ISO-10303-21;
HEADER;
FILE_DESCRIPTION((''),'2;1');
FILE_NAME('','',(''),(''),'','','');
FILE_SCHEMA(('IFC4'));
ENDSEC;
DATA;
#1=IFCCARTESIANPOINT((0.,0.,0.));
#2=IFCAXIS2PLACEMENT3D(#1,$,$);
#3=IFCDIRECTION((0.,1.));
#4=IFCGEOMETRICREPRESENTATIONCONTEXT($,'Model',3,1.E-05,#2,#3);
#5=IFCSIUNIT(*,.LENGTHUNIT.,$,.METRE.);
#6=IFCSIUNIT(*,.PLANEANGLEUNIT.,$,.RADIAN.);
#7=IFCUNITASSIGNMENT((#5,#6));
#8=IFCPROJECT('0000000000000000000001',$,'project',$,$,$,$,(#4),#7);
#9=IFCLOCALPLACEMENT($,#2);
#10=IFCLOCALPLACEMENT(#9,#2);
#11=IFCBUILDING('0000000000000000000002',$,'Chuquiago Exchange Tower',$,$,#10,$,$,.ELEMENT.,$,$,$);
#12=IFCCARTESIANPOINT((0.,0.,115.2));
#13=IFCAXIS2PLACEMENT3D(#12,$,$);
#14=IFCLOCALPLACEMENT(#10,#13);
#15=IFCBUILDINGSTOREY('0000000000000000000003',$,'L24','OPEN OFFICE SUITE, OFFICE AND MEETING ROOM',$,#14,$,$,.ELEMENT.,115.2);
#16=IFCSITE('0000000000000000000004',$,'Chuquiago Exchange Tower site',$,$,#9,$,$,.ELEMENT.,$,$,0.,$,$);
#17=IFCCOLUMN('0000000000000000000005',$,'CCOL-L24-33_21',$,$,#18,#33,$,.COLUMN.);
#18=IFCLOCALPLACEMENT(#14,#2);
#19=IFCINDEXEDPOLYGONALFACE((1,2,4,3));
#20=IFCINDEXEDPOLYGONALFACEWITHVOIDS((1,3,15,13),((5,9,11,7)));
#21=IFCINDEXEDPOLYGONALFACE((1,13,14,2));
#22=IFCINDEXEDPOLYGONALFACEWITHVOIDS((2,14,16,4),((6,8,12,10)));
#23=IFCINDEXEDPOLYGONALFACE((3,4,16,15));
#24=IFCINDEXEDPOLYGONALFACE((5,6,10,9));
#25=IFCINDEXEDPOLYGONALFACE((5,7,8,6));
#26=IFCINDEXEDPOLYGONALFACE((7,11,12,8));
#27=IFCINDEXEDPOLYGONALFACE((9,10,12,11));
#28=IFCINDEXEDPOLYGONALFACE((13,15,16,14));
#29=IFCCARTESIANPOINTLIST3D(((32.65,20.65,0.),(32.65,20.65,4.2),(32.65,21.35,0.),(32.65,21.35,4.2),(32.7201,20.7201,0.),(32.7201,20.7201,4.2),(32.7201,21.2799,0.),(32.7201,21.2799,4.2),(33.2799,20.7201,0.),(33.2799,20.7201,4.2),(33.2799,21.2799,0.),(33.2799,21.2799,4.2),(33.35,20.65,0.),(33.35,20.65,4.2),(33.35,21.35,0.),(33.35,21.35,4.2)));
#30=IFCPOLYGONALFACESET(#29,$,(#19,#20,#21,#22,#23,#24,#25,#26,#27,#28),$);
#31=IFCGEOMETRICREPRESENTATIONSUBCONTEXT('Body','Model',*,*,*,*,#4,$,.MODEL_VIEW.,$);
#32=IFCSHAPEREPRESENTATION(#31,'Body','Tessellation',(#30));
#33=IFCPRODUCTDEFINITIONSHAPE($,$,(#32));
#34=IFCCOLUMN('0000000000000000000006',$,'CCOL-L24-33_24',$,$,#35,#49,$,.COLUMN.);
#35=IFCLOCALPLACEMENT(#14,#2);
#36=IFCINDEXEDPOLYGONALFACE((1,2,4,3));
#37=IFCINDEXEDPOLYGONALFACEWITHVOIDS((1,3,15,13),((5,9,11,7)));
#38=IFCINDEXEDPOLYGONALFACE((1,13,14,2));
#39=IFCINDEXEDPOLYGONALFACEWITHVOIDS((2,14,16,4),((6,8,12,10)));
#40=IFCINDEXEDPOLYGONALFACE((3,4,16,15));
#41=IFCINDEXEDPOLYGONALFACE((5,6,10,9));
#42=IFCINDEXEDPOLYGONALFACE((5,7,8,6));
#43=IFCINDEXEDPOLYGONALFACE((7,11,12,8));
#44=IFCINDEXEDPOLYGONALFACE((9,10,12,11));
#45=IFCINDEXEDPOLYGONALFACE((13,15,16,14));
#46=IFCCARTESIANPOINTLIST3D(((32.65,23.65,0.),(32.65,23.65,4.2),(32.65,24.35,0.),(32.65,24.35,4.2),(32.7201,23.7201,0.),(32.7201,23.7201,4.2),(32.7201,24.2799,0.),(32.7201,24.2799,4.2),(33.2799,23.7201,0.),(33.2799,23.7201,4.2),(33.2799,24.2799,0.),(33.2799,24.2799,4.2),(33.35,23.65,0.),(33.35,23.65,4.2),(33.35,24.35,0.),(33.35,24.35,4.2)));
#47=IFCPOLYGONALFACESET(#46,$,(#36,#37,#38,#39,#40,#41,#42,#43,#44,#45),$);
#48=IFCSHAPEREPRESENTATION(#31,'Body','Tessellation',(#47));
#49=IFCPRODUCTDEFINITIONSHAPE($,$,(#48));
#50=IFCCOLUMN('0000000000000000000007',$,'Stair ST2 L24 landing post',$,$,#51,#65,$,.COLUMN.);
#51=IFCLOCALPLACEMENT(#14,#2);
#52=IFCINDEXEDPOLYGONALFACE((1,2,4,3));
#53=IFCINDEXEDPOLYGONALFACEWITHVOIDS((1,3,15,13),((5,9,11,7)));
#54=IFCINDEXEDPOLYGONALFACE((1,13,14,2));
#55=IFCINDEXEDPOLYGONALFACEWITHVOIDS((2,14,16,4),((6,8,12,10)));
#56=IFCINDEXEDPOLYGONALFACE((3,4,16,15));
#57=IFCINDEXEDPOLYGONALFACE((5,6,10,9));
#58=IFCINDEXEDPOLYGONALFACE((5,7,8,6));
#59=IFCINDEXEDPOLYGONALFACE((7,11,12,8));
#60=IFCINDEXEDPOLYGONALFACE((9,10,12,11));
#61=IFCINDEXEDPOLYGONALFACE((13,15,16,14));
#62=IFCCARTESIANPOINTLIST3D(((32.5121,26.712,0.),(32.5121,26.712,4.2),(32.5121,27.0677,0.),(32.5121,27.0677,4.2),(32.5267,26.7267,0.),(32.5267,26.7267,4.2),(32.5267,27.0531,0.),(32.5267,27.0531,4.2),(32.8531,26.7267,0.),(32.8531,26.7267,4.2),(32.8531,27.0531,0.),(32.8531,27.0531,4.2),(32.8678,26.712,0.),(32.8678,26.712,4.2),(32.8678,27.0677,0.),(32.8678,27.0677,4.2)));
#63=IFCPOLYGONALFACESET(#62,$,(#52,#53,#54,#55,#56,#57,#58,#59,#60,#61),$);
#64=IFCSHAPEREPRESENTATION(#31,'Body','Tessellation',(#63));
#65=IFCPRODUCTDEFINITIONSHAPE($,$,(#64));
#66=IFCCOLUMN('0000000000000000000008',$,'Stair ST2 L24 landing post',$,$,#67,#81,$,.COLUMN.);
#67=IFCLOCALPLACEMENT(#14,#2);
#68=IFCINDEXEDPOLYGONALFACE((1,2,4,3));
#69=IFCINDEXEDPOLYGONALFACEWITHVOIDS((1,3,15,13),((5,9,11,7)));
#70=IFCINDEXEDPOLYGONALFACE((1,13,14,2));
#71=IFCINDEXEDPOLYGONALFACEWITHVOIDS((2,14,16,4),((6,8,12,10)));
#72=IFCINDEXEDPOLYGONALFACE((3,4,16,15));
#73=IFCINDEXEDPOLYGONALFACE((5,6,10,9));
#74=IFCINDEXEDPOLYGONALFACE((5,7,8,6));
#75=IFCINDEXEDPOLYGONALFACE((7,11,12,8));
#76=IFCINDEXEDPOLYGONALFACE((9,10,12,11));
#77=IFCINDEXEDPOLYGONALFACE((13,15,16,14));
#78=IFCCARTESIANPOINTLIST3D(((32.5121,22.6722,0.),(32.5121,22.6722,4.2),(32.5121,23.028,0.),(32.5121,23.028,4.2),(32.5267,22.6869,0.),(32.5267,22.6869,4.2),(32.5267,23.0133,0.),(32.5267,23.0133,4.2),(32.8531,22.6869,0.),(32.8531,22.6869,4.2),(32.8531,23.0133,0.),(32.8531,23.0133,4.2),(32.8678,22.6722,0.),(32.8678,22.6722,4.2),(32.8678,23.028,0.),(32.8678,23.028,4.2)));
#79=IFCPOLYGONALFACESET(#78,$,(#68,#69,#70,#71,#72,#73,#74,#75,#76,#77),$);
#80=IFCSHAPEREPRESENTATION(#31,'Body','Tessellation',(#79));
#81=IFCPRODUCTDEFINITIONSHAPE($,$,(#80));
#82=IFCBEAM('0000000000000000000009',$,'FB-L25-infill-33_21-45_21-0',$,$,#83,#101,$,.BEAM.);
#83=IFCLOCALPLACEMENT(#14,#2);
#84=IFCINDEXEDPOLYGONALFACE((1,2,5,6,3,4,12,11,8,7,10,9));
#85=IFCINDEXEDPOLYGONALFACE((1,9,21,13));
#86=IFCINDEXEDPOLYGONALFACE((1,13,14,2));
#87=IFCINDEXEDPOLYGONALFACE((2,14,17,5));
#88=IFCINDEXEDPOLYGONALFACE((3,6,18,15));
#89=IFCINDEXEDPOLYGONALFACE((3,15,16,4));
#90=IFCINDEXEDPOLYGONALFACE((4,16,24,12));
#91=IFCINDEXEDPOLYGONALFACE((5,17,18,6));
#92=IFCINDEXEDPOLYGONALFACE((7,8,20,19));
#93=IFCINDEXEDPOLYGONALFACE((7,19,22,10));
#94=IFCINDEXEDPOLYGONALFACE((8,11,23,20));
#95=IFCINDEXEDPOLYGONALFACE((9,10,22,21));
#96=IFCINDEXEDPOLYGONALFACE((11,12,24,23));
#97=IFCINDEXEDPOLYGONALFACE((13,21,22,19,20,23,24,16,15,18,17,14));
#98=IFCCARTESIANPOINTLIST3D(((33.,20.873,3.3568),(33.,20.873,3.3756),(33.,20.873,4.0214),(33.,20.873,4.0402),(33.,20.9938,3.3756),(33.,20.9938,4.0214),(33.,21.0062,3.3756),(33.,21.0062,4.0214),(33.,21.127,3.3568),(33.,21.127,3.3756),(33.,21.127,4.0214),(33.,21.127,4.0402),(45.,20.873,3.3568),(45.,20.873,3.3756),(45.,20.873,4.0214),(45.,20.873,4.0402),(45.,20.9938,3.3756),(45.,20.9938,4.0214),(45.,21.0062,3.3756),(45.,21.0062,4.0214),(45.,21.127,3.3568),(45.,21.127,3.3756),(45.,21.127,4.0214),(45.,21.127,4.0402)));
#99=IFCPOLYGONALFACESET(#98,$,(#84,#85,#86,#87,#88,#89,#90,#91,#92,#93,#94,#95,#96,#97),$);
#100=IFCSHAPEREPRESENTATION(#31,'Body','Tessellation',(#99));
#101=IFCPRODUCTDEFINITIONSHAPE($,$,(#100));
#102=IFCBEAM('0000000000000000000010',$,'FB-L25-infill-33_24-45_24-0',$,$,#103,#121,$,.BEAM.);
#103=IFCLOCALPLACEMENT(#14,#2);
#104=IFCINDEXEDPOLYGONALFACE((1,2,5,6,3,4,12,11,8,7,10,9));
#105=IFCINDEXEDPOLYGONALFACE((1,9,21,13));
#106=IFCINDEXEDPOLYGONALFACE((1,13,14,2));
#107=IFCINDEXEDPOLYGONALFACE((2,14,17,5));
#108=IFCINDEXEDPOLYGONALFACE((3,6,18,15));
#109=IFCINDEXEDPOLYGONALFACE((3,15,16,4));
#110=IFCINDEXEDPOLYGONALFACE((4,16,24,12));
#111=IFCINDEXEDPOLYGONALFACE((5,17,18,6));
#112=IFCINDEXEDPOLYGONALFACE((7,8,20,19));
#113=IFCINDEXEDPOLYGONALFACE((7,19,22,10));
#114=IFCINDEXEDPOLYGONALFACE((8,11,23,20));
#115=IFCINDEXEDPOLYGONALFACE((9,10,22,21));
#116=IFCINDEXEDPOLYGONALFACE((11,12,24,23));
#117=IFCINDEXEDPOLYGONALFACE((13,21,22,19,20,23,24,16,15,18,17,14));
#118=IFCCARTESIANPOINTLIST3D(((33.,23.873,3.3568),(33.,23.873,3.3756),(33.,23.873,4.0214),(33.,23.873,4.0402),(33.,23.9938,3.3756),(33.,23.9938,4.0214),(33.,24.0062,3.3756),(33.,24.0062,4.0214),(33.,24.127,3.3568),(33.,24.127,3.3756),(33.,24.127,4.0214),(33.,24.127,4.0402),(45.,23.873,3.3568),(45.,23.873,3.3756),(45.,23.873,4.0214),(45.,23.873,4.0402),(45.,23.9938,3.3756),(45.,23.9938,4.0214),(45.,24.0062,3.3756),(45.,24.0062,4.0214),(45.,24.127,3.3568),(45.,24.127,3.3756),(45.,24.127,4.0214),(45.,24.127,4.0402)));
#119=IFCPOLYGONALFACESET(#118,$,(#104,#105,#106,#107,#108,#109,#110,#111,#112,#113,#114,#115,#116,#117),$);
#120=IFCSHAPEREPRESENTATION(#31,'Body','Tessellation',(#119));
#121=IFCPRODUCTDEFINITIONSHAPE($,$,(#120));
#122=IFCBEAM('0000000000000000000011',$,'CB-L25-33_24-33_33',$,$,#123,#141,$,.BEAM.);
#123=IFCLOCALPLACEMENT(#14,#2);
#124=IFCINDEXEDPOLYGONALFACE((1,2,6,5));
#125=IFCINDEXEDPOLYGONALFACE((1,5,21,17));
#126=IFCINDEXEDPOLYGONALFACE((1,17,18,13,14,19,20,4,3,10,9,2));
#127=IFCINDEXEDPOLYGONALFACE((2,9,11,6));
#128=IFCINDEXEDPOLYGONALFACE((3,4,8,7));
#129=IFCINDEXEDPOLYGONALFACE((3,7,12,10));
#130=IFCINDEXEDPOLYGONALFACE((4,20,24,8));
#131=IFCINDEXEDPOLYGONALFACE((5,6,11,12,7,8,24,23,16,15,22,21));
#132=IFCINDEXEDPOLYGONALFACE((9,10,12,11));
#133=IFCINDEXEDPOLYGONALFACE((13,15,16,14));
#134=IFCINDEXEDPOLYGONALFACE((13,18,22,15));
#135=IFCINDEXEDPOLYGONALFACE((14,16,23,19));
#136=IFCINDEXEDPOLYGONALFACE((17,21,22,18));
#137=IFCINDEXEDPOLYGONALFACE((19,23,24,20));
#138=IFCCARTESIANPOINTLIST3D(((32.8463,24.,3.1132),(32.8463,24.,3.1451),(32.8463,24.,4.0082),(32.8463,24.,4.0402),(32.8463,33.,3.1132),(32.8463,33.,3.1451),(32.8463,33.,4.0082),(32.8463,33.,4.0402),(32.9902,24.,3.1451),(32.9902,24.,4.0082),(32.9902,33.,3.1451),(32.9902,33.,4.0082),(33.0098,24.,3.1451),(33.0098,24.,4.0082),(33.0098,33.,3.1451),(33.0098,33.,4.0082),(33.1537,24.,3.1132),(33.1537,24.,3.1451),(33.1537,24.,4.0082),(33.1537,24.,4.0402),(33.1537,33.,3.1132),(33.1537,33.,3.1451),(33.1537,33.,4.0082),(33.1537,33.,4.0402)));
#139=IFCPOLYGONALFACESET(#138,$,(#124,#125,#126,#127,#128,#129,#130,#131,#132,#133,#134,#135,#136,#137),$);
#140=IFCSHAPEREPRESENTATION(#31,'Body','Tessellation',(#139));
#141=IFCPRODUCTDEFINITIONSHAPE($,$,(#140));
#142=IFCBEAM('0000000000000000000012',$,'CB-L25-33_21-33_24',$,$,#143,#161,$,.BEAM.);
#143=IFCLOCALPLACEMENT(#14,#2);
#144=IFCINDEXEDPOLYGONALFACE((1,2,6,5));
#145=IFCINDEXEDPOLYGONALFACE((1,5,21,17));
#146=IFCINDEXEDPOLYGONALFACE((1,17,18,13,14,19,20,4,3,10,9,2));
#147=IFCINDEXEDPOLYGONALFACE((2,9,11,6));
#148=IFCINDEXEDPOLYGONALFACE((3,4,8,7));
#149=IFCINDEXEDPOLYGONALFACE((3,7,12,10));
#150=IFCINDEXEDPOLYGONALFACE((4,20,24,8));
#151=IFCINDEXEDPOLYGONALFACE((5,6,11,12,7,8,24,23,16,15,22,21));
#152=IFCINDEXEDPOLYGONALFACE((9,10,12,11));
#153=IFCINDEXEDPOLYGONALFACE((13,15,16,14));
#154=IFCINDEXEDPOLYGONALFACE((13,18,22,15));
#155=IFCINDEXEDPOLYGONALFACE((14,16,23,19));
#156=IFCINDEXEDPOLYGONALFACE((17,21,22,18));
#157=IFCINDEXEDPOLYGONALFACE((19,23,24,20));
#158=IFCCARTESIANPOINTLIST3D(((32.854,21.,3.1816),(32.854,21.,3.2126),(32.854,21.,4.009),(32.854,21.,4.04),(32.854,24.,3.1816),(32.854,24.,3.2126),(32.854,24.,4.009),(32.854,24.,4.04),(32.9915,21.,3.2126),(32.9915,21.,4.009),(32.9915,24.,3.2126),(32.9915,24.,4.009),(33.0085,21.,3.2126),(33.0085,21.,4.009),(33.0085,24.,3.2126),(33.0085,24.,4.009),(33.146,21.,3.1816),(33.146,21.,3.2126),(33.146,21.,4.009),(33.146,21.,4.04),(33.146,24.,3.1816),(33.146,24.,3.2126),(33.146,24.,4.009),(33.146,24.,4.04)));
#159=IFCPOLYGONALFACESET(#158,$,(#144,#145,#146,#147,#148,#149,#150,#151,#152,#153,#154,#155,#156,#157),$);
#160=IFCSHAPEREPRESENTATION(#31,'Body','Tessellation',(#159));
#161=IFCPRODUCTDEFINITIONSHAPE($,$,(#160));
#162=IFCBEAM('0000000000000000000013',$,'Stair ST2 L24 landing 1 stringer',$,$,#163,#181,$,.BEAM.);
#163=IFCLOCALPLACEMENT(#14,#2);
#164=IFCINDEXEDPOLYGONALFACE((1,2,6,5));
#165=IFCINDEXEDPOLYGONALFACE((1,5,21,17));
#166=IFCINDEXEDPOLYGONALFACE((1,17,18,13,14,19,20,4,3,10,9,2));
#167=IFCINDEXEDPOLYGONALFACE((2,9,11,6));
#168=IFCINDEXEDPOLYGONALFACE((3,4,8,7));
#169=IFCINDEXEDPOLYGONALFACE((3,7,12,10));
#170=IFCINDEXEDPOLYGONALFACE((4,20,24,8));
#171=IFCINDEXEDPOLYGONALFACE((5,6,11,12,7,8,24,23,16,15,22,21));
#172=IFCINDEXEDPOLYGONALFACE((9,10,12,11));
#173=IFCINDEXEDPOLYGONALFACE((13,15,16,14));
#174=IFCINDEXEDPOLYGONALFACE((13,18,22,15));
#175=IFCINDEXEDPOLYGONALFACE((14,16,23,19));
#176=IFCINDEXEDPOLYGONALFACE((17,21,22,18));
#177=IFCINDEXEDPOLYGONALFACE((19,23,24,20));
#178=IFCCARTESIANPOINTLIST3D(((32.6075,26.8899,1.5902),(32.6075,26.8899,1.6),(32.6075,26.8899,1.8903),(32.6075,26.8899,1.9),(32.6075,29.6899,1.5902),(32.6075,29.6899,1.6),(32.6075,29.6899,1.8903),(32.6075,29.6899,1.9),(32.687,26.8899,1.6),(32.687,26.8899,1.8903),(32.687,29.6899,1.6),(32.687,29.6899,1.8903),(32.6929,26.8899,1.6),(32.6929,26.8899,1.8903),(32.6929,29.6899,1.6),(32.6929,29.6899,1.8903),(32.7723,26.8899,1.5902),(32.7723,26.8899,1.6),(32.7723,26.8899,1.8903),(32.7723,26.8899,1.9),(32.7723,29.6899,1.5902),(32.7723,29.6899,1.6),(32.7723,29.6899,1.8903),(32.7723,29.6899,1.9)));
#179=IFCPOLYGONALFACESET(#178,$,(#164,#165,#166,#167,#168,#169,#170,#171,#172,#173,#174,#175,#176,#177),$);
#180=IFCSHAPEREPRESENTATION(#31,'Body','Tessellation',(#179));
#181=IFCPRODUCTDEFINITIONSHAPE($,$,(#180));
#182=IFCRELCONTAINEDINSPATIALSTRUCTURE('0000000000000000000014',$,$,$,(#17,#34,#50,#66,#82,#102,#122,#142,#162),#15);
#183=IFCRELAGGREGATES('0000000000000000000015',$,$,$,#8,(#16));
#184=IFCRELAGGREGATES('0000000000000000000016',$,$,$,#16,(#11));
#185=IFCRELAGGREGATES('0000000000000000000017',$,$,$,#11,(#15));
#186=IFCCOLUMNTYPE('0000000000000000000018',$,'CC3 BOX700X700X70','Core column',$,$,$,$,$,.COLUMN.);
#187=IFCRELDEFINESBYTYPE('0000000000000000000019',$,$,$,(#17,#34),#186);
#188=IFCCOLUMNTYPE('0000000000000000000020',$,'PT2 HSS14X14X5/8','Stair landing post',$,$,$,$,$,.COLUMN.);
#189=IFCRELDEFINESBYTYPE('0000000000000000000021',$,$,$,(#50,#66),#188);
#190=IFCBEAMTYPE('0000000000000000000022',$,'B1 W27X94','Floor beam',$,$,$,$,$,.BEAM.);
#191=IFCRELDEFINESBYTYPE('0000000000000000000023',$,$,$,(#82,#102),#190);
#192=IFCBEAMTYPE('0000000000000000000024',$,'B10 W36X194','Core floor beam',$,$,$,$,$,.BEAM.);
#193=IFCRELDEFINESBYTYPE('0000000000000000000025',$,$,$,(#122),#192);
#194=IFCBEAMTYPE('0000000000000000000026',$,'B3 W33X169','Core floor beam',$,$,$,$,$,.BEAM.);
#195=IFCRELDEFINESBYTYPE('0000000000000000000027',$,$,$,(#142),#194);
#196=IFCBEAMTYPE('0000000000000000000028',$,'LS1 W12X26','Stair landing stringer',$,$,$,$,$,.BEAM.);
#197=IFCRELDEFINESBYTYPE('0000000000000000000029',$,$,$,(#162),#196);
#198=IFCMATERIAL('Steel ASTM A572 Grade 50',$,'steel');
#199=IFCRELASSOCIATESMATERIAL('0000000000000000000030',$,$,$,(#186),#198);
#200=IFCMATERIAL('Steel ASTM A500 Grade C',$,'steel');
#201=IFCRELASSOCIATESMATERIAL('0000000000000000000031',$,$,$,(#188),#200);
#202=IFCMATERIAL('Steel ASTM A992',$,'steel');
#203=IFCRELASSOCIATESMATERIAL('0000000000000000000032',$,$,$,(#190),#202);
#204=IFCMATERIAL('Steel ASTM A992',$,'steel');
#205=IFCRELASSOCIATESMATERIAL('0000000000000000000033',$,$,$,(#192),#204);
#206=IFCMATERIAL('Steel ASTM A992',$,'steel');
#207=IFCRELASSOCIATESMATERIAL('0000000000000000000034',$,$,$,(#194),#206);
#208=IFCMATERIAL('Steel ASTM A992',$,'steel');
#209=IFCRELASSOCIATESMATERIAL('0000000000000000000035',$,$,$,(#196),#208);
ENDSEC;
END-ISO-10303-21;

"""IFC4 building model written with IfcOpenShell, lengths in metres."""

from ifc_helpers import new_model, si_unit, direction, frame, origin, origin_2d, place, context, subcontext, project, spatial, hollow_rectangle, i_section, extrude, material, material_profile, profile_set, type_object, element, save


model = new_model("IFC4")

# Units and contexts
model_context = context("Model", 3, precision=1e-05, world=origin(), true_north=direction((0.0, 1.0)))
body_context = subcontext(model_context, "Body", "Model", "MODEL_VIEW")
ifc_project = project(units=[si_unit("LENGTHUNIT", "METRE"), si_unit("PLANEANGLEUNIT", "RADIAN")], contexts=[model_context])

# Site, building, storey
site_placement = place(None, origin())
site = spatial("IfcSite", under=ifc_project, at=site_placement, Name="Chuquiago Exchange Tower site", CompositionType="ELEMENT", RefElevation=0.0)
building_placement = place(site_placement, origin())
building = spatial("IfcBuilding", under=site, at=building_placement, Name="Chuquiago Exchange Tower", CompositionType="ELEMENT")
storey_placement = place(building_placement, frame((0.0, 0.0, 115.2)))
storey = spatial("IfcBuildingStorey", under=building, at=storey_placement, Name="L24", Description="OPEN OFFICE SUITE, OFFICE AND MEETING ROOM", CompositionType="ELEMENT", Elevation=115.2)

# Columns
ifc_material_1 = material(Name="Steel ASTM A572 Grade 50", Category="steel")
ifc_material_profile_1 = material_profile(ifc_material_1, hollow_rectangle(XDim=0.7, YDim=0.7, WallThickness=0.0701, at=origin_2d()), Name="BOX700X700X70")
ifc_profile_set_1 = profile_set([ifc_material_profile_1], Name="Steel ASTM A572 Grade 50")
column_type_1 = type_object("IfcColumnType", Name="CC3 BOX700X700X70", Description="Core column", PredefinedType="COLUMN", material=ifc_profile_set_1)
for number, where, z_axis, x_axis, name in (
    (1, (33.0, 21.0, 0.0), (0.0, 0.0, 1.0), (1.0, 0.0, 0.0), "CCOL-L24-33_21"),
    (2, (33.0, 24.0, 0.0), (0.0, 0.0, 1.0), (1.0, 0.0, 0.0), "CCOL-L24-33_24"),
):
    element("IfcColumn", number, at=place(storey_placement, frame(where, z_axis=z_axis, x_axis=x_axis)), inside=storey, type_object=column_type_1, Name=name, PredefinedType="COLUMN", context=body_context, shape_type="SweptSolid", body=[
        extrude(hollow_rectangle(XDim=0.7, YDim=0.7, WallThickness=0.0701, at=origin_2d()), origin(), (0.0, 0.0, 1.0), 4.2),
    ])
ifc_material_2 = material(Name="Steel ASTM A500 Grade C", Category="steel")
ifc_material_profile_2 = material_profile(ifc_material_2, hollow_rectangle(XDim=0.3557, YDim=0.3557, WallThickness=0.0146, at=origin_2d()), Name="HSS14X14X5/8")
ifc_profile_set_2 = profile_set([ifc_material_profile_2], Name="Steel ASTM A500 Grade C")
column_type_2 = type_object("IfcColumnType", Name="PT2 HSS14X14X5/8", Description="Stair landing post", PredefinedType="COLUMN", material=ifc_profile_set_2)
for number, where, z_axis, x_axis, name in (
    (3, (32.6899, 26.8899, 0.0), (0.0, 0.0, 1.0), (1.0, 0.0, 0.0), "Stair ST2 L24 landing post"),
    (4, (32.6899, 22.8501, 0.0), (0.0, 0.0, 1.0), (1.0, 0.0, 0.0), "Stair ST2 L24 landing post"),
):
    element("IfcColumn", number, at=place(storey_placement, frame(where, z_axis=z_axis, x_axis=x_axis)), inside=storey, type_object=column_type_2, Name=name, PredefinedType="COLUMN", context=body_context, shape_type="SweptSolid", body=[
        extrude(hollow_rectangle(XDim=0.3557, YDim=0.3557, WallThickness=0.0146, at=origin_2d()), origin(), (0.0, 0.0, 1.0), 4.2),
    ])

# Beams
ifc_material_3 = material(Name="Steel ASTM A992", Category="steel")
ifc_material_profile_3 = material_profile(ifc_material_3, i_section(OverallWidth=0.2539, OverallDepth=0.6833, WebThickness=0.0125, FlangeThickness=0.0188, at=origin_2d()), Name="W27X94")
ifc_profile_set_3 = profile_set([ifc_material_profile_3], Name="Steel ASTM A992")
beam_type_1 = type_object("IfcBeamType", Name="B1 W27X94", Description="Floor beam", PredefinedType="BEAM", material=ifc_profile_set_3)
for number, where, z_axis, x_axis, name in (
    (5, (33.0, 21.0, 3.6985), (1.0, 0.0, 0.0), (0.0, 1.0, 0.0), "FB-L25-infill-33_21-45_21-0"),
    (6, (33.0, 24.0, 3.6985), (1.0, 0.0, 0.0), (0.0, 1.0, 0.0), "FB-L25-infill-33_24-45_24-0"),
):
    element("IfcBeam", number, at=place(storey_placement, frame(where, z_axis=z_axis, x_axis=x_axis)), inside=storey, type_object=beam_type_1, Name=name, PredefinedType="BEAM", context=body_context, shape_type="SweptSolid", body=[
        extrude(i_section(OverallWidth=0.2539, OverallDepth=0.6833, WebThickness=0.0125, FlangeThickness=0.0188, at=origin_2d()), origin(), (0.0, 0.0, 1.0), 12.0),
    ])
ifc_material_4 = material(Name="Steel ASTM A992", Category="steel")
ifc_material_profile_4 = material_profile(ifc_material_4, i_section(OverallWidth=0.3074, OverallDepth=0.927, WebThickness=0.0195, FlangeThickness=0.032, at=origin_2d()), Name="W36X194")
ifc_profile_set_4 = profile_set([ifc_material_profile_4], Name="Steel ASTM A992")
beam_type_2 = type_object("IfcBeamType", Name="B10 W36X194", Description="Core floor beam", PredefinedType="BEAM", material=ifc_profile_set_4)
beam_1_placement = place(storey_placement, frame((33.0, 24.0, 3.5767), z_axis=(0.0, 1.0, 0.0), x_axis=(-1.0, 0.0, 0.0)))
element("IfcBeam", 7, at=beam_1_placement, inside=storey, type_object=beam_type_2, Name="CB-L25-33_24-33_33", PredefinedType="BEAM", context=body_context, shape_type="SweptSolid", body=[
    extrude(i_section(OverallWidth=0.3074, OverallDepth=0.927, WebThickness=0.0195, FlangeThickness=0.032, at=origin_2d()), origin(), (0.0, 0.0, 1.0), 9.0),
])
ifc_material_5 = material(Name="Steel ASTM A992", Category="steel")
ifc_material_profile_5 = material_profile(ifc_material_5, i_section(OverallWidth=0.292, OverallDepth=0.8584, WebThickness=0.0171, FlangeThickness=0.031, at=origin_2d()), Name="W33X169")
ifc_profile_set_5 = profile_set([ifc_material_profile_5], Name="Steel ASTM A992")
beam_type_3 = type_object("IfcBeamType", Name="B3 W33X169", Description="Core floor beam", PredefinedType="BEAM", material=ifc_profile_set_5)
beam_2_placement = place(storey_placement, frame((33.0, 21.0, 3.6108), z_axis=(0.0, 1.0, 0.0), x_axis=(-1.0, 0.0, 0.0)))
element("IfcBeam", 8, at=beam_2_placement, inside=storey, type_object=beam_type_3, Name="CB-L25-33_21-33_24", PredefinedType="BEAM", context=body_context, shape_type="SweptSolid", body=[
    extrude(i_section(OverallWidth=0.292, OverallDepth=0.8584, WebThickness=0.0171, FlangeThickness=0.031, at=origin_2d()), origin(), (0.0, 0.0, 1.0), 3.0),
])
ifc_material_6 = material(Name="Steel ASTM A992", Category="steel")
ifc_material_profile_6 = material_profile(ifc_material_6, i_section(OverallWidth=0.1648, OverallDepth=0.3098, WebThickness=0.0059, FlangeThickness=0.0098, at=origin_2d()), Name="W12X26")
ifc_profile_set_6 = profile_set([ifc_material_profile_6], Name="Steel ASTM A992")
beam_type_4 = type_object("IfcBeamType", Name="LS1 W12X26", Description="Stair landing stringer", PredefinedType="BEAM", material=ifc_profile_set_6)
beam_3_placement = place(storey_placement, frame((32.6899, 26.8899, 1.7451), z_axis=(0.0, 1.0, 0.0), x_axis=(-1.0, 0.0, 0.0)))
element("IfcBeam", 9, at=beam_3_placement, inside=storey, type_object=beam_type_4, Name="Stair ST2 L24 landing 1 stringer", PredefinedType="BEAM", context=body_context, shape_type="SweptSolid", body=[
    extrude(i_section(OverallWidth=0.1648, OverallDepth=0.3098, WebThickness=0.0059, FlangeThickness=0.0098, at=origin_2d()), origin(), (0.0, 0.0, 1.0), 2.8),
])

save(model, "model.ifc")
